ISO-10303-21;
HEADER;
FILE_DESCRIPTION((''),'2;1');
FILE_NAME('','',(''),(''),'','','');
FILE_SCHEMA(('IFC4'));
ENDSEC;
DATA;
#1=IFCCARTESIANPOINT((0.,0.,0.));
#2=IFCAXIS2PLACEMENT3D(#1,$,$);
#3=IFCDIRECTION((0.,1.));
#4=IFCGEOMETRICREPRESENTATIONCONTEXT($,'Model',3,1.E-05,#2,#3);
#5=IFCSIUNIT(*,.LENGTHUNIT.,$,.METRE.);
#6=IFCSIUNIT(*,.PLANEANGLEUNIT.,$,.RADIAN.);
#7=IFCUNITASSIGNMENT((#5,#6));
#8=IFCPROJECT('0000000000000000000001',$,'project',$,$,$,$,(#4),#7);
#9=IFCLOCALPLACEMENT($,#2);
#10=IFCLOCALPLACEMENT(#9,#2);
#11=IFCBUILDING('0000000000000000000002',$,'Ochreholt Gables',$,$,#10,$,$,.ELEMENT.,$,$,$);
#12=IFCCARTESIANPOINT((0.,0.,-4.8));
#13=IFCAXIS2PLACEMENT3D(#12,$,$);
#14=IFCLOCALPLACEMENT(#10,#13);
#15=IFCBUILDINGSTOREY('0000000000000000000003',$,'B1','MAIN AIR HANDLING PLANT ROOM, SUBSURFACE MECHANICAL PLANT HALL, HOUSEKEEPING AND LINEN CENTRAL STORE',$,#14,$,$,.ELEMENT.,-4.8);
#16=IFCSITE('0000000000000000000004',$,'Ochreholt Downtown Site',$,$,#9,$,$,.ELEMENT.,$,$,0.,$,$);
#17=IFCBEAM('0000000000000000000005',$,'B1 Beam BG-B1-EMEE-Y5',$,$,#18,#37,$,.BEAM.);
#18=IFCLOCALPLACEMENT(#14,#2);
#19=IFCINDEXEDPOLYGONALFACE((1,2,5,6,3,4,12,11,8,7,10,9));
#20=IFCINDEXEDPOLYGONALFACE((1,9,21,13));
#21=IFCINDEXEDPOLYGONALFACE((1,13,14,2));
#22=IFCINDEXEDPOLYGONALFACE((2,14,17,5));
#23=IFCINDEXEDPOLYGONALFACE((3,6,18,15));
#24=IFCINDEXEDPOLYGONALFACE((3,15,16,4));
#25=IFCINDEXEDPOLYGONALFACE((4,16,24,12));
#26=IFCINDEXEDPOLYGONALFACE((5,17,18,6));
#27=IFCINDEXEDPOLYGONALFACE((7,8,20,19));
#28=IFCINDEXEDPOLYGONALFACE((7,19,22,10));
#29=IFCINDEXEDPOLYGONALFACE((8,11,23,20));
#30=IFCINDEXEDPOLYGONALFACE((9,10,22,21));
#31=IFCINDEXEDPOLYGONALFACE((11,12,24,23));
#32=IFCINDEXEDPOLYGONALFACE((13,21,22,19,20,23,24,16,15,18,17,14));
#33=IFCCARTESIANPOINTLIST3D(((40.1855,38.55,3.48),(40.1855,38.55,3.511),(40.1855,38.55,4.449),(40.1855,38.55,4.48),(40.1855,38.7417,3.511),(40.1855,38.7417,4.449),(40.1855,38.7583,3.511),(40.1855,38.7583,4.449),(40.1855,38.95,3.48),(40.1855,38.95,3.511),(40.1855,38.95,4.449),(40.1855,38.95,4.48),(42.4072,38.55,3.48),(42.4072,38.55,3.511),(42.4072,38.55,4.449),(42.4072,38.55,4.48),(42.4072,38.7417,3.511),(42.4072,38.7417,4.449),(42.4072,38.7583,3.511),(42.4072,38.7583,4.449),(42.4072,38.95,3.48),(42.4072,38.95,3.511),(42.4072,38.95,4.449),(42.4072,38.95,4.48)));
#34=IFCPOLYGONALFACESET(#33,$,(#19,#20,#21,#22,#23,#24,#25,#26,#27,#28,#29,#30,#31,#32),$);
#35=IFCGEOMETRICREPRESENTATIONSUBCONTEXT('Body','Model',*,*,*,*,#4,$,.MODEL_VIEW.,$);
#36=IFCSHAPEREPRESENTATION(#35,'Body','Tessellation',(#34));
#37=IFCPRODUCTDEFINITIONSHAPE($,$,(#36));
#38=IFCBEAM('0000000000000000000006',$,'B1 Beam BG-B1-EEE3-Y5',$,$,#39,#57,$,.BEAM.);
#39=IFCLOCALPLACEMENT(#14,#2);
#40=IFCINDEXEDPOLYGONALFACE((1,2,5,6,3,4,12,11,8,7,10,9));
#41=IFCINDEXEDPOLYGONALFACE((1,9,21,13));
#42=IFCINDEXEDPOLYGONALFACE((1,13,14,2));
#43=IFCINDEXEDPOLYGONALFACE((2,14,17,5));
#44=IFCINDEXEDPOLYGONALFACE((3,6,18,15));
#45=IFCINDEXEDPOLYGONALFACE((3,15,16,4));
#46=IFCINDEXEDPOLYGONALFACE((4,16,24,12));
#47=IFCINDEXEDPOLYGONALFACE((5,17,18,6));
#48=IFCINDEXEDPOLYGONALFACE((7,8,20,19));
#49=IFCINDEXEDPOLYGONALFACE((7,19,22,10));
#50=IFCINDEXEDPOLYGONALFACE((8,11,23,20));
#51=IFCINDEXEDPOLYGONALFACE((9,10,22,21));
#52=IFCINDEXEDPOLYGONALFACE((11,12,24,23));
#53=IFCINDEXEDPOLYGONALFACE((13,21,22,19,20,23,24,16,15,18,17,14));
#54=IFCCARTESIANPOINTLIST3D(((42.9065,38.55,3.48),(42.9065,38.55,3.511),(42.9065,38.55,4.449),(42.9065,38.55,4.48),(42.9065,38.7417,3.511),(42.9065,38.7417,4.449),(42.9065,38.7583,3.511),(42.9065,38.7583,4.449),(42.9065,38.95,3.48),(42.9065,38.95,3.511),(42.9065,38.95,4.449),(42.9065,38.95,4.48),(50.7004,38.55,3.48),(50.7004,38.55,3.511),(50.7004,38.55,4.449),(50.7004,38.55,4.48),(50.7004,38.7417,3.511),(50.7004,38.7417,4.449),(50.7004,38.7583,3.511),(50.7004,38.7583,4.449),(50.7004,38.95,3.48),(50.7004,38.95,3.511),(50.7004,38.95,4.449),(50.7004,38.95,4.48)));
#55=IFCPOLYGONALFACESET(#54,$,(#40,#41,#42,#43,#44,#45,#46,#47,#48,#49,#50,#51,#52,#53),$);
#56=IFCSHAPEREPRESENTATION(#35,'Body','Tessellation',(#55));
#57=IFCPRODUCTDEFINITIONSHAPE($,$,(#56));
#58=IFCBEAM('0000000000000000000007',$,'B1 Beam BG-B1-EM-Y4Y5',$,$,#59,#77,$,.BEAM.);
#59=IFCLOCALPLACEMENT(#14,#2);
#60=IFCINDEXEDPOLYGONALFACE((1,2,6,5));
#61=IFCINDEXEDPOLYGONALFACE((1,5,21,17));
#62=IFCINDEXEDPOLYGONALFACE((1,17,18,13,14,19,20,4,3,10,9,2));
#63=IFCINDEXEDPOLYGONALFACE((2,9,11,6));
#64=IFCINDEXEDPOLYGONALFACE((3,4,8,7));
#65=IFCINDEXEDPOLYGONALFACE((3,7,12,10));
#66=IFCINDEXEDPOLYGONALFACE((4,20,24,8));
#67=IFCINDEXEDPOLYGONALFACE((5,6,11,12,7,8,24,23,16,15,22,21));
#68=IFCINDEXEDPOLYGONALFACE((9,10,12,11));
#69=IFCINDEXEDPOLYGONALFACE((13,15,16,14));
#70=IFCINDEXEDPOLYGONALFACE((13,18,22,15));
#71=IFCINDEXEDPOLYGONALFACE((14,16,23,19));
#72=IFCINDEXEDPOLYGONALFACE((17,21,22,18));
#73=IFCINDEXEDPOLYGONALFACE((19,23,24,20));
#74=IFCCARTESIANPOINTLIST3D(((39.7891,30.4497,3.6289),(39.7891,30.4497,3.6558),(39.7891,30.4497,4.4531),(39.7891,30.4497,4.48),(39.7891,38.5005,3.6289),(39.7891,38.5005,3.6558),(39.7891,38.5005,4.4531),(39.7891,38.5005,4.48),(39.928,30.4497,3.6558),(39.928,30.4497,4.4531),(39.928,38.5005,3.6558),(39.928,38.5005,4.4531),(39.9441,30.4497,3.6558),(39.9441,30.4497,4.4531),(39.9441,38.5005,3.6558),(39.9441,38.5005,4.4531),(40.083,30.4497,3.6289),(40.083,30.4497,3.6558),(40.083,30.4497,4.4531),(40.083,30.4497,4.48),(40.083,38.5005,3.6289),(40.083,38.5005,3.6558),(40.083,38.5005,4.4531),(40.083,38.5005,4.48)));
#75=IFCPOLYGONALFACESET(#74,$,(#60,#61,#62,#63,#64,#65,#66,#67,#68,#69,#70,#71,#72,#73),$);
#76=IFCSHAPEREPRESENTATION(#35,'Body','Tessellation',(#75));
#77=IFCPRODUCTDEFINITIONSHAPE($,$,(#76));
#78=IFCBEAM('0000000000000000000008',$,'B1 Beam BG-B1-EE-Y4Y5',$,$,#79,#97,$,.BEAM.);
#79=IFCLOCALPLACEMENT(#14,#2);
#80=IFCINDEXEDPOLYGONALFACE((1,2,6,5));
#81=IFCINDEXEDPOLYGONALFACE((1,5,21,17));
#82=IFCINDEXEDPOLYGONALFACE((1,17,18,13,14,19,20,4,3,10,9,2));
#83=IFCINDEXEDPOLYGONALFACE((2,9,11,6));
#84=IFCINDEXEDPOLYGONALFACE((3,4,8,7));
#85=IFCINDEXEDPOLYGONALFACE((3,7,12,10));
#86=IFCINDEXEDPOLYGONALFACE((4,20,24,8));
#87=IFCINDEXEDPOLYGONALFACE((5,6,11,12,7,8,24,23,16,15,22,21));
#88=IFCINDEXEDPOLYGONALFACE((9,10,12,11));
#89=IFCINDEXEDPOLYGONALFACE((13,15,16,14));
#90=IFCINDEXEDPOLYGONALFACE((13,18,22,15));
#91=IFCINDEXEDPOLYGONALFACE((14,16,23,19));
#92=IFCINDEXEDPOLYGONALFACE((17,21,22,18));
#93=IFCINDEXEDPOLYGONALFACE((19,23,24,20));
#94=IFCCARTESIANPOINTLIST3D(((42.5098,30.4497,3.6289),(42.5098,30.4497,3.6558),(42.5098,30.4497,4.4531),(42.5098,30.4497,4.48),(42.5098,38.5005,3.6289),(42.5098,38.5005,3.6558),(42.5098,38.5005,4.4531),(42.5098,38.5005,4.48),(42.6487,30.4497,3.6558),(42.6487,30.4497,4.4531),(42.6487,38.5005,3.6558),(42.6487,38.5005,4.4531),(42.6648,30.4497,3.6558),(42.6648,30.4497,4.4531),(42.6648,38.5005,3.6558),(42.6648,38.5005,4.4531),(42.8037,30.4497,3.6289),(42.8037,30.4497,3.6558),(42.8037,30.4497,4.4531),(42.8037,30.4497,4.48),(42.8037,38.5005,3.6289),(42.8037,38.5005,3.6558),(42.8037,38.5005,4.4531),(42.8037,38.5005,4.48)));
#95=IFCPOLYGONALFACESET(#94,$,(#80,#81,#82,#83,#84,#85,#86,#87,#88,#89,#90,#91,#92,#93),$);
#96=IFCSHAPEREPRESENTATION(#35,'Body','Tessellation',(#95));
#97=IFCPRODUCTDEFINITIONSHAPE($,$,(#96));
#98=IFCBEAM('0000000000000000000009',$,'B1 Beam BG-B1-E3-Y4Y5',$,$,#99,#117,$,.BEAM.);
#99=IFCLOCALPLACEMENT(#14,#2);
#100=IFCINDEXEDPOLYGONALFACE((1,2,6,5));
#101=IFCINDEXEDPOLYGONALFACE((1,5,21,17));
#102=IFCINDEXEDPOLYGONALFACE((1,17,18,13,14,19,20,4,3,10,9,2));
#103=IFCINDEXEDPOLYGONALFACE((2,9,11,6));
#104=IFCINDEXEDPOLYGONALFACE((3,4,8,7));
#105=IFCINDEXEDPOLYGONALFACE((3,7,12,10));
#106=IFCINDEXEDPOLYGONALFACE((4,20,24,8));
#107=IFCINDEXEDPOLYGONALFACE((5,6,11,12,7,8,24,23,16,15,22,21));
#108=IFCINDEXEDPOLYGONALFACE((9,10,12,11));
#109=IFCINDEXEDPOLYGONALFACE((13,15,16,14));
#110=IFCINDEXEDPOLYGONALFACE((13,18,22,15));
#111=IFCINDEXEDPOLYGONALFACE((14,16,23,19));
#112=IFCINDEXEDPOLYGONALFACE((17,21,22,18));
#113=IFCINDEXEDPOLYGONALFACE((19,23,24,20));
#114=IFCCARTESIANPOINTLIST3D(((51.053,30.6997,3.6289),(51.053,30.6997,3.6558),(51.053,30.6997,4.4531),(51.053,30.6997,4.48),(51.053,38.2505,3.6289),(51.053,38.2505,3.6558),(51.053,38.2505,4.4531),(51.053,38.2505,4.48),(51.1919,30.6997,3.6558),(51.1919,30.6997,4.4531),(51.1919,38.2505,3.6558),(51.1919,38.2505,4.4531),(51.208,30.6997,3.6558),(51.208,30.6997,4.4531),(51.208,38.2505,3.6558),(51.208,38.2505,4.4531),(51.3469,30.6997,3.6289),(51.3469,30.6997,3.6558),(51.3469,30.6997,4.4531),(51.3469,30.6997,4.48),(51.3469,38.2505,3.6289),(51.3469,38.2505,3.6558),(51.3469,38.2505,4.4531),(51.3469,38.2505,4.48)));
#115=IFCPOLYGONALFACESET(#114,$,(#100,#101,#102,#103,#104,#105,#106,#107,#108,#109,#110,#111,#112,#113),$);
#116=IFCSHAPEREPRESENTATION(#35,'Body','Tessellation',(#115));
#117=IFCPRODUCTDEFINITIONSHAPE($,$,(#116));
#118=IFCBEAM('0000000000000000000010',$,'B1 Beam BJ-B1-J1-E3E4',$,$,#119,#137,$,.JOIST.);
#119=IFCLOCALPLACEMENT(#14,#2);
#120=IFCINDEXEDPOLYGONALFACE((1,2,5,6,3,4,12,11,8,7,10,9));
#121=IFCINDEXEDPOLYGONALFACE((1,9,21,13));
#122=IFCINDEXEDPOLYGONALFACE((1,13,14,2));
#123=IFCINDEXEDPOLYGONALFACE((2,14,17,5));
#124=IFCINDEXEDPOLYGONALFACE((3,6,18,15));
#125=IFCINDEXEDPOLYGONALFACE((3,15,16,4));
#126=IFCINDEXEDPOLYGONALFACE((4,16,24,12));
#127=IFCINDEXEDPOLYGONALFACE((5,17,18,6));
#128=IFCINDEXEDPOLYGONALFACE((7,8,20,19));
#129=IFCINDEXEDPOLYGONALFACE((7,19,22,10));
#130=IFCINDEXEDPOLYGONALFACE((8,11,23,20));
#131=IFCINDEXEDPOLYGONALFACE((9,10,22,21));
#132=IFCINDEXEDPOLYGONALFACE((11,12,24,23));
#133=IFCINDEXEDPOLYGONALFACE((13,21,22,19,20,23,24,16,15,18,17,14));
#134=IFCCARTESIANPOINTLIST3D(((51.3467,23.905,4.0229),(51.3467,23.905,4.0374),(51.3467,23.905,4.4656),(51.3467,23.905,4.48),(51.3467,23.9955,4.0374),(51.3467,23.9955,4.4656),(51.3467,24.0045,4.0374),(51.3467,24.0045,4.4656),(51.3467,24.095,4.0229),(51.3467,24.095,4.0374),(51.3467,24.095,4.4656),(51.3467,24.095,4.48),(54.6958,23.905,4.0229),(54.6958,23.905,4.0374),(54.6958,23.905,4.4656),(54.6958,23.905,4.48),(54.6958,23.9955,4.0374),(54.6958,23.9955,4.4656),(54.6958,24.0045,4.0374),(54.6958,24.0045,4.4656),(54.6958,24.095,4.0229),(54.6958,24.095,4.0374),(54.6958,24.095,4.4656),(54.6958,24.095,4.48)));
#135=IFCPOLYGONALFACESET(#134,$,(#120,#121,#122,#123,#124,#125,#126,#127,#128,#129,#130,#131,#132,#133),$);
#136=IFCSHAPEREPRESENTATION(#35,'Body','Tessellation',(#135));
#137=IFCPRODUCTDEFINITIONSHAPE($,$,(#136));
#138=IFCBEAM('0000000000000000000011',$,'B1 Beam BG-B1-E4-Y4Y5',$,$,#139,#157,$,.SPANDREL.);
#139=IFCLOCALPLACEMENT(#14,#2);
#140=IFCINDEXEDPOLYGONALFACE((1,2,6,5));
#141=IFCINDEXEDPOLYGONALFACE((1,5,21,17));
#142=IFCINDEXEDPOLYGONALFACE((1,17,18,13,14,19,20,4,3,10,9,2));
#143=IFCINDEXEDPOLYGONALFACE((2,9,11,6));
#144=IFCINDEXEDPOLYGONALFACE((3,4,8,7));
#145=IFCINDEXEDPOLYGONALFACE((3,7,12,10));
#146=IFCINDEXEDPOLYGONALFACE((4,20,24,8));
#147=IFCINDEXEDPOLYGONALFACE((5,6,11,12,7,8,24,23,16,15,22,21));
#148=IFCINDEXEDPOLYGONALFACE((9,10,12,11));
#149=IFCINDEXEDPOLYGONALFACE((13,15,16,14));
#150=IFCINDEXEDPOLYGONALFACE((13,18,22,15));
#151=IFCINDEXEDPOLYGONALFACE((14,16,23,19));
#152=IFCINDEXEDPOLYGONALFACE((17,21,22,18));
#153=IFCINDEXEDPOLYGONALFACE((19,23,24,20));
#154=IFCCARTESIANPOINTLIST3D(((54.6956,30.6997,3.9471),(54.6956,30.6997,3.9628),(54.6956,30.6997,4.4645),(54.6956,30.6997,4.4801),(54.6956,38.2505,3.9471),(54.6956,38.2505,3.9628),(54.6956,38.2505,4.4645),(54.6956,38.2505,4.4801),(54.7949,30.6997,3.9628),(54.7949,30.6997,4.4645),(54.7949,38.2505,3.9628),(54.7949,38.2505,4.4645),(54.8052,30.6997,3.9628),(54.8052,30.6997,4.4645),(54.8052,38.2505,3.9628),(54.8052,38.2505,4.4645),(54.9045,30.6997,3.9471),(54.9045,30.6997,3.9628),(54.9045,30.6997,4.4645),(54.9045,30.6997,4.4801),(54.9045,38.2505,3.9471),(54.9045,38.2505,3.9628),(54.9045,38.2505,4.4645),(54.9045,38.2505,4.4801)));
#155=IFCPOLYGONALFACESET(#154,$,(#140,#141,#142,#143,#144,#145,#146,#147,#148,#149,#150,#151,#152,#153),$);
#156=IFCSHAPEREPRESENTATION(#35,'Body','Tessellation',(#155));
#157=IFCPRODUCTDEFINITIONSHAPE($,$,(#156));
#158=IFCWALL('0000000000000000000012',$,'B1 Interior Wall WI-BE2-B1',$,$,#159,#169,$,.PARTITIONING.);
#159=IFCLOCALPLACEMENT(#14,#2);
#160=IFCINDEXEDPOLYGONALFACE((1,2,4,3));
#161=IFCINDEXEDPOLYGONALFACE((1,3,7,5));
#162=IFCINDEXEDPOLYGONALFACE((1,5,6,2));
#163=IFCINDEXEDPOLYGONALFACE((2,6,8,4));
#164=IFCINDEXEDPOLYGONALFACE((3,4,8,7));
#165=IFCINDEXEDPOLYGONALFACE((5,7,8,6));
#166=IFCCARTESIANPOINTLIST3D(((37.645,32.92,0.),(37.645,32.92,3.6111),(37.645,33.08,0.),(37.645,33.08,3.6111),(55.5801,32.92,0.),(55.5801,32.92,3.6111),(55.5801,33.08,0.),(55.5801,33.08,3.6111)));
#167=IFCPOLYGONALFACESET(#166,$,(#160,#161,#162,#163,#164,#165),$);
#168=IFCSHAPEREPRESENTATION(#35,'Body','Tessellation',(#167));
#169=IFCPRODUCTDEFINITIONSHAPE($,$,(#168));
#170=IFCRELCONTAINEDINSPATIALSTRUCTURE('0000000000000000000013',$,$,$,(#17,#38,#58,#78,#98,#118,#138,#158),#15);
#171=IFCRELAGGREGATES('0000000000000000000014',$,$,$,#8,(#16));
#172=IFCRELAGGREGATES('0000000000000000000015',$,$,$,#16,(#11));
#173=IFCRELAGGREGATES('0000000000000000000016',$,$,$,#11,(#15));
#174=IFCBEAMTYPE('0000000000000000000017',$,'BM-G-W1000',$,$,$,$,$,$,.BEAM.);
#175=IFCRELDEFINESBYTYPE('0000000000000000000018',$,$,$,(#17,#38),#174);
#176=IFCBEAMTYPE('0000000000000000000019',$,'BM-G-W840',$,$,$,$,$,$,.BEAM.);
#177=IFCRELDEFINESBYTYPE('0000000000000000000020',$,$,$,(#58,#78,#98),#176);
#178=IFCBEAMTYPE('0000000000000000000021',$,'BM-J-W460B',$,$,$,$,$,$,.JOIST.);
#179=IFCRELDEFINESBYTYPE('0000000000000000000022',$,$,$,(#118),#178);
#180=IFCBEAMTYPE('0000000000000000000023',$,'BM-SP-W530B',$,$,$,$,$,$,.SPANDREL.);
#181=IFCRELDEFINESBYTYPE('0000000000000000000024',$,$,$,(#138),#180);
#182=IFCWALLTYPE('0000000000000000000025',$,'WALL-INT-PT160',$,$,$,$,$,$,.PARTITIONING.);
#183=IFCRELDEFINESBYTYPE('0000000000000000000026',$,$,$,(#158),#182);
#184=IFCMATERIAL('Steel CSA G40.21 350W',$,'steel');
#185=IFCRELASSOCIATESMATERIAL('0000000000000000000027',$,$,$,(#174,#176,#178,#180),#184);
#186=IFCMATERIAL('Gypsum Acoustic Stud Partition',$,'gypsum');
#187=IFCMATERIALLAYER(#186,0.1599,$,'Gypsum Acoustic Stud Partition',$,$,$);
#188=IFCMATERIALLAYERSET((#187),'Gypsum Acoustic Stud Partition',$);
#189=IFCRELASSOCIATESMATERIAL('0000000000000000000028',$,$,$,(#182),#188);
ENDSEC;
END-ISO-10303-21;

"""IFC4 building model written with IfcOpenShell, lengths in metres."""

from ifc_helpers import new_model, si_unit, direction, frame, frame_2d, origin, origin_2d, place, context, subcontext, project, spatial, rectangle, i_section, extrude, material, layer, layer_set, material_profile, profile_set, type_object, element, save


model = new_model("IFC4")

# Units and contexts
model_context = context("Model", 3, precision=1e-05, world=origin(), true_north=direction((0.0, 1.0)))
body_context = subcontext(model_context, "Body", "Model", "MODEL_VIEW")
ifc_project = project(units=[si_unit("LENGTHUNIT", "METRE"), si_unit("PLANEANGLEUNIT", "RADIAN")], contexts=[model_context])

# Site, building, storey
site_placement = place(None, origin())
site = spatial("IfcSite", under=ifc_project, at=site_placement, Name="Ochreholt Downtown Site", CompositionType="ELEMENT", RefElevation=0.0)
building_placement = place(site_placement, origin())
building = spatial("IfcBuilding", under=site, at=building_placement, Name="Ochreholt Gables", CompositionType="ELEMENT")
storey_placement = place(building_placement, frame((0.0, 0.0, -4.8)))
storey = spatial("IfcBuildingStorey", under=building, at=storey_placement, Name="B1", Description="MAIN AIR HANDLING PLANT ROOM, SUBSURFACE MECHANICAL PLANT HALL, HOUSEKEEPING AND LINEN CENTRAL STORE", CompositionType="ELEMENT", Elevation=-4.8)

# Shared definitions
ifc_material_1 = material(Name="Steel CSA G40.21 350W", Category="steel")

# Beams
ifc_material_profile_1 = material_profile(ifc_material_1, i_section(OverallWidth=0.3999, OverallDepth=1.0, WebThickness=0.0166, FlangeThickness=0.031, at=origin_2d()), Name="W1000X321")
ifc_profile_set_1 = profile_set([ifc_material_profile_1], Name="Steel CSA G40.21 350W")
beam_type_1 = type_object("IfcBeamType", Name="BM-G-W1000", PredefinedType="BEAM", material=ifc_profile_set_1)
beam_1_placement = place(storey_placement, frame((40.1855, 38.75, 3.98), z_axis=(1.0, 0.0, 0.0), x_axis=(0.0, 1.0, 0.0)))
element("IfcBeam", 1, at=beam_1_placement, inside=storey, type_object=beam_type_1, Name="B1 Beam BG-B1-EMEE-Y5", PredefinedType="BEAM", context=body_context, shape_type="SweptSolid", body=[
    extrude(i_section(OverallWidth=0.3999, OverallDepth=1.0, WebThickness=0.0166, FlangeThickness=0.031, at=origin_2d()), origin(), (0.0, 0.0, 1.0), 2.2217),
])
beam_2_placement = place(storey_placement, frame((42.9065, 38.75, 3.98), z_axis=(1.0, 0.0, 0.0), x_axis=(0.0, 1.0, 0.0)))
element("IfcBeam", 2, at=beam_2_placement, inside=storey, type_object=beam_type_1, Name="B1 Beam BG-B1-EEE3-Y5", PredefinedType="BEAM", context=body_context, shape_type="SweptSolid", body=[
    extrude(i_section(OverallWidth=0.3999, OverallDepth=1.0, WebThickness=0.0166, FlangeThickness=0.031, at=origin_2d()), origin(), (0.0, 0.0, 1.0), 7.7939),
])
ifc_material_profile_2 = material_profile(ifc_material_1, i_section(OverallWidth=0.2939, OverallDepth=0.8511, WebThickness=0.0161, FlangeThickness=0.0269, at=origin_2d()), Name="W840X226")
ifc_profile_set_2 = profile_set([ifc_material_profile_2], Name="Steel CSA G40.21 350W")
beam_type_2 = type_object("IfcBeamType", Name="BM-G-W840", PredefinedType="BEAM", material=ifc_profile_set_2)
for number, where, z_axis, x_axis, name in (
    (3, (39.936, 30.4497, 4.0544), (0.0, 1.0, 0.0), (-1.0, 0.0, 0.0), "B1 Beam BG-B1-EM-Y4Y5"),
    (4, (42.6567, 30.4497, 4.0544), (0.0, 1.0, 0.0), (-1.0, 0.0, 0.0), "B1 Beam BG-B1-EE-Y4Y5"),
):
    element("IfcBeam", number, at=place(storey_placement, frame(where, z_axis=z_axis, x_axis=x_axis)), inside=storey, type_object=beam_type_2, Name=name, PredefinedType="BEAM", context=body_context, shape_type="SweptSolid", body=[
        extrude(i_section(OverallWidth=0.2939, OverallDepth=0.8511, WebThickness=0.0161, FlangeThickness=0.0269, at=origin_2d()), origin(), (0.0, 0.0, 1.0), 8.0508),
    ])
beam_3_placement = place(storey_placement, frame((51.2, 30.6997, 4.0544), z_axis=(0.0, 1.0, 0.0), x_axis=(-1.0, 0.0, 0.0)))
element("IfcBeam", 5, at=beam_3_placement, inside=storey, type_object=beam_type_2, Name="B1 Beam BG-B1-E3-Y4Y5", PredefinedType="BEAM", context=body_context, shape_type="SweptSolid", body=[
    extrude(i_section(OverallWidth=0.2939, OverallDepth=0.8511, WebThickness=0.0161, FlangeThickness=0.0269, at=origin_2d()), origin(), (0.0, 0.0, 1.0), 7.5508),
])
ifc_material_profile_3 = material_profile(ifc_material_1, i_section(OverallWidth=0.1899, OverallDepth=0.457, WebThickness=0.009, FlangeThickness=0.0144, at=origin_2d()), Name="W460X74")
ifc_profile_set_3 = profile_set([ifc_material_profile_3], Name="Steel CSA G40.21 350W")
beam_type_3 = type_object("IfcBeamType", Name="BM-J-W460B", PredefinedType="JOIST", material=ifc_profile_set_3)
beam_4_placement = place(storey_placement, frame((51.3467, 24.0, 4.2515), z_axis=(1.0, 0.0, 0.0), x_axis=(0.0, 1.0, 0.0)))
element("IfcBeam", 6, at=beam_4_placement, inside=storey, type_object=beam_type_3, Name="B1 Beam BJ-B1-J1-E3E4", PredefinedType="JOIST", context=body_context, shape_type="SweptSolid", body=[
    extrude(i_section(OverallWidth=0.1899, OverallDepth=0.457, WebThickness=0.009, FlangeThickness=0.0144, at=origin_2d()), origin(), (0.0, 0.0, 1.0), 3.3491),
])
ifc_material_profile_4 = material_profile(ifc_material_1, i_section(OverallWidth=0.209, OverallDepth=0.533, WebThickness=0.0103, FlangeThickness=0.0156, at=origin_2d()), Name="W530X92")
ifc_profile_set_4 = profile_set([ifc_material_profile_4], Name="Steel CSA G40.21 350W")
beam_type_4 = type_object("IfcBeamType", Name="BM-SP-W530B", PredefinedType="SPANDREL", material=ifc_profile_set_4)
beam_5_placement = place(storey_placement, frame((54.8, 30.6997, 4.2136), z_axis=(0.0, 1.0, 0.0), x_axis=(-1.0, 0.0, 0.0)))
element("IfcBeam", 7, at=beam_5_placement, inside=storey, type_object=beam_type_4, Name="B1 Beam BG-B1-E4-Y4Y5", PredefinedType="SPANDREL", context=body_context, shape_type="SweptSolid", body=[
    extrude(i_section(OverallWidth=0.209, OverallDepth=0.533, WebThickness=0.0103, FlangeThickness=0.0156, at=origin_2d()), origin(), (0.0, 0.0, 1.0), 7.5508),
])

# Wall
ifc_material_2 = material(Name="Gypsum Acoustic Stud Partition", Category="gypsum")
ifc_layer = layer(ifc_material_2, 0.1599, Name="Gypsum Acoustic Stud Partition")
ifc_layer_set = layer_set([ifc_layer], Name="Gypsum Acoustic Stud Partition")
wall_type = type_object("IfcWallType", Name="WALL-INT-PT160", PredefinedType="PARTITIONING", material=ifc_layer_set)
wall_placement = place(storey_placement, frame((37.645, 33.0, 0.0), z_axis=(0.0, 0.0, 1.0), x_axis=(1.0, 0.0, 0.0)))
element("IfcWall", 8, at=wall_placement, inside=storey, type_object=wall_type, Name="B1 Interior Wall WI-BE2-B1", PredefinedType="PARTITIONING", context=body_context, shape_type="SweptSolid", body=[
    extrude(rectangle(XDim=17.9351, YDim=0.1599, at=frame_2d((8.9675, 0.0))), origin(), (0.0, 0.0, 1.0), 3.6111),
])

save(model, "model.ifc")
